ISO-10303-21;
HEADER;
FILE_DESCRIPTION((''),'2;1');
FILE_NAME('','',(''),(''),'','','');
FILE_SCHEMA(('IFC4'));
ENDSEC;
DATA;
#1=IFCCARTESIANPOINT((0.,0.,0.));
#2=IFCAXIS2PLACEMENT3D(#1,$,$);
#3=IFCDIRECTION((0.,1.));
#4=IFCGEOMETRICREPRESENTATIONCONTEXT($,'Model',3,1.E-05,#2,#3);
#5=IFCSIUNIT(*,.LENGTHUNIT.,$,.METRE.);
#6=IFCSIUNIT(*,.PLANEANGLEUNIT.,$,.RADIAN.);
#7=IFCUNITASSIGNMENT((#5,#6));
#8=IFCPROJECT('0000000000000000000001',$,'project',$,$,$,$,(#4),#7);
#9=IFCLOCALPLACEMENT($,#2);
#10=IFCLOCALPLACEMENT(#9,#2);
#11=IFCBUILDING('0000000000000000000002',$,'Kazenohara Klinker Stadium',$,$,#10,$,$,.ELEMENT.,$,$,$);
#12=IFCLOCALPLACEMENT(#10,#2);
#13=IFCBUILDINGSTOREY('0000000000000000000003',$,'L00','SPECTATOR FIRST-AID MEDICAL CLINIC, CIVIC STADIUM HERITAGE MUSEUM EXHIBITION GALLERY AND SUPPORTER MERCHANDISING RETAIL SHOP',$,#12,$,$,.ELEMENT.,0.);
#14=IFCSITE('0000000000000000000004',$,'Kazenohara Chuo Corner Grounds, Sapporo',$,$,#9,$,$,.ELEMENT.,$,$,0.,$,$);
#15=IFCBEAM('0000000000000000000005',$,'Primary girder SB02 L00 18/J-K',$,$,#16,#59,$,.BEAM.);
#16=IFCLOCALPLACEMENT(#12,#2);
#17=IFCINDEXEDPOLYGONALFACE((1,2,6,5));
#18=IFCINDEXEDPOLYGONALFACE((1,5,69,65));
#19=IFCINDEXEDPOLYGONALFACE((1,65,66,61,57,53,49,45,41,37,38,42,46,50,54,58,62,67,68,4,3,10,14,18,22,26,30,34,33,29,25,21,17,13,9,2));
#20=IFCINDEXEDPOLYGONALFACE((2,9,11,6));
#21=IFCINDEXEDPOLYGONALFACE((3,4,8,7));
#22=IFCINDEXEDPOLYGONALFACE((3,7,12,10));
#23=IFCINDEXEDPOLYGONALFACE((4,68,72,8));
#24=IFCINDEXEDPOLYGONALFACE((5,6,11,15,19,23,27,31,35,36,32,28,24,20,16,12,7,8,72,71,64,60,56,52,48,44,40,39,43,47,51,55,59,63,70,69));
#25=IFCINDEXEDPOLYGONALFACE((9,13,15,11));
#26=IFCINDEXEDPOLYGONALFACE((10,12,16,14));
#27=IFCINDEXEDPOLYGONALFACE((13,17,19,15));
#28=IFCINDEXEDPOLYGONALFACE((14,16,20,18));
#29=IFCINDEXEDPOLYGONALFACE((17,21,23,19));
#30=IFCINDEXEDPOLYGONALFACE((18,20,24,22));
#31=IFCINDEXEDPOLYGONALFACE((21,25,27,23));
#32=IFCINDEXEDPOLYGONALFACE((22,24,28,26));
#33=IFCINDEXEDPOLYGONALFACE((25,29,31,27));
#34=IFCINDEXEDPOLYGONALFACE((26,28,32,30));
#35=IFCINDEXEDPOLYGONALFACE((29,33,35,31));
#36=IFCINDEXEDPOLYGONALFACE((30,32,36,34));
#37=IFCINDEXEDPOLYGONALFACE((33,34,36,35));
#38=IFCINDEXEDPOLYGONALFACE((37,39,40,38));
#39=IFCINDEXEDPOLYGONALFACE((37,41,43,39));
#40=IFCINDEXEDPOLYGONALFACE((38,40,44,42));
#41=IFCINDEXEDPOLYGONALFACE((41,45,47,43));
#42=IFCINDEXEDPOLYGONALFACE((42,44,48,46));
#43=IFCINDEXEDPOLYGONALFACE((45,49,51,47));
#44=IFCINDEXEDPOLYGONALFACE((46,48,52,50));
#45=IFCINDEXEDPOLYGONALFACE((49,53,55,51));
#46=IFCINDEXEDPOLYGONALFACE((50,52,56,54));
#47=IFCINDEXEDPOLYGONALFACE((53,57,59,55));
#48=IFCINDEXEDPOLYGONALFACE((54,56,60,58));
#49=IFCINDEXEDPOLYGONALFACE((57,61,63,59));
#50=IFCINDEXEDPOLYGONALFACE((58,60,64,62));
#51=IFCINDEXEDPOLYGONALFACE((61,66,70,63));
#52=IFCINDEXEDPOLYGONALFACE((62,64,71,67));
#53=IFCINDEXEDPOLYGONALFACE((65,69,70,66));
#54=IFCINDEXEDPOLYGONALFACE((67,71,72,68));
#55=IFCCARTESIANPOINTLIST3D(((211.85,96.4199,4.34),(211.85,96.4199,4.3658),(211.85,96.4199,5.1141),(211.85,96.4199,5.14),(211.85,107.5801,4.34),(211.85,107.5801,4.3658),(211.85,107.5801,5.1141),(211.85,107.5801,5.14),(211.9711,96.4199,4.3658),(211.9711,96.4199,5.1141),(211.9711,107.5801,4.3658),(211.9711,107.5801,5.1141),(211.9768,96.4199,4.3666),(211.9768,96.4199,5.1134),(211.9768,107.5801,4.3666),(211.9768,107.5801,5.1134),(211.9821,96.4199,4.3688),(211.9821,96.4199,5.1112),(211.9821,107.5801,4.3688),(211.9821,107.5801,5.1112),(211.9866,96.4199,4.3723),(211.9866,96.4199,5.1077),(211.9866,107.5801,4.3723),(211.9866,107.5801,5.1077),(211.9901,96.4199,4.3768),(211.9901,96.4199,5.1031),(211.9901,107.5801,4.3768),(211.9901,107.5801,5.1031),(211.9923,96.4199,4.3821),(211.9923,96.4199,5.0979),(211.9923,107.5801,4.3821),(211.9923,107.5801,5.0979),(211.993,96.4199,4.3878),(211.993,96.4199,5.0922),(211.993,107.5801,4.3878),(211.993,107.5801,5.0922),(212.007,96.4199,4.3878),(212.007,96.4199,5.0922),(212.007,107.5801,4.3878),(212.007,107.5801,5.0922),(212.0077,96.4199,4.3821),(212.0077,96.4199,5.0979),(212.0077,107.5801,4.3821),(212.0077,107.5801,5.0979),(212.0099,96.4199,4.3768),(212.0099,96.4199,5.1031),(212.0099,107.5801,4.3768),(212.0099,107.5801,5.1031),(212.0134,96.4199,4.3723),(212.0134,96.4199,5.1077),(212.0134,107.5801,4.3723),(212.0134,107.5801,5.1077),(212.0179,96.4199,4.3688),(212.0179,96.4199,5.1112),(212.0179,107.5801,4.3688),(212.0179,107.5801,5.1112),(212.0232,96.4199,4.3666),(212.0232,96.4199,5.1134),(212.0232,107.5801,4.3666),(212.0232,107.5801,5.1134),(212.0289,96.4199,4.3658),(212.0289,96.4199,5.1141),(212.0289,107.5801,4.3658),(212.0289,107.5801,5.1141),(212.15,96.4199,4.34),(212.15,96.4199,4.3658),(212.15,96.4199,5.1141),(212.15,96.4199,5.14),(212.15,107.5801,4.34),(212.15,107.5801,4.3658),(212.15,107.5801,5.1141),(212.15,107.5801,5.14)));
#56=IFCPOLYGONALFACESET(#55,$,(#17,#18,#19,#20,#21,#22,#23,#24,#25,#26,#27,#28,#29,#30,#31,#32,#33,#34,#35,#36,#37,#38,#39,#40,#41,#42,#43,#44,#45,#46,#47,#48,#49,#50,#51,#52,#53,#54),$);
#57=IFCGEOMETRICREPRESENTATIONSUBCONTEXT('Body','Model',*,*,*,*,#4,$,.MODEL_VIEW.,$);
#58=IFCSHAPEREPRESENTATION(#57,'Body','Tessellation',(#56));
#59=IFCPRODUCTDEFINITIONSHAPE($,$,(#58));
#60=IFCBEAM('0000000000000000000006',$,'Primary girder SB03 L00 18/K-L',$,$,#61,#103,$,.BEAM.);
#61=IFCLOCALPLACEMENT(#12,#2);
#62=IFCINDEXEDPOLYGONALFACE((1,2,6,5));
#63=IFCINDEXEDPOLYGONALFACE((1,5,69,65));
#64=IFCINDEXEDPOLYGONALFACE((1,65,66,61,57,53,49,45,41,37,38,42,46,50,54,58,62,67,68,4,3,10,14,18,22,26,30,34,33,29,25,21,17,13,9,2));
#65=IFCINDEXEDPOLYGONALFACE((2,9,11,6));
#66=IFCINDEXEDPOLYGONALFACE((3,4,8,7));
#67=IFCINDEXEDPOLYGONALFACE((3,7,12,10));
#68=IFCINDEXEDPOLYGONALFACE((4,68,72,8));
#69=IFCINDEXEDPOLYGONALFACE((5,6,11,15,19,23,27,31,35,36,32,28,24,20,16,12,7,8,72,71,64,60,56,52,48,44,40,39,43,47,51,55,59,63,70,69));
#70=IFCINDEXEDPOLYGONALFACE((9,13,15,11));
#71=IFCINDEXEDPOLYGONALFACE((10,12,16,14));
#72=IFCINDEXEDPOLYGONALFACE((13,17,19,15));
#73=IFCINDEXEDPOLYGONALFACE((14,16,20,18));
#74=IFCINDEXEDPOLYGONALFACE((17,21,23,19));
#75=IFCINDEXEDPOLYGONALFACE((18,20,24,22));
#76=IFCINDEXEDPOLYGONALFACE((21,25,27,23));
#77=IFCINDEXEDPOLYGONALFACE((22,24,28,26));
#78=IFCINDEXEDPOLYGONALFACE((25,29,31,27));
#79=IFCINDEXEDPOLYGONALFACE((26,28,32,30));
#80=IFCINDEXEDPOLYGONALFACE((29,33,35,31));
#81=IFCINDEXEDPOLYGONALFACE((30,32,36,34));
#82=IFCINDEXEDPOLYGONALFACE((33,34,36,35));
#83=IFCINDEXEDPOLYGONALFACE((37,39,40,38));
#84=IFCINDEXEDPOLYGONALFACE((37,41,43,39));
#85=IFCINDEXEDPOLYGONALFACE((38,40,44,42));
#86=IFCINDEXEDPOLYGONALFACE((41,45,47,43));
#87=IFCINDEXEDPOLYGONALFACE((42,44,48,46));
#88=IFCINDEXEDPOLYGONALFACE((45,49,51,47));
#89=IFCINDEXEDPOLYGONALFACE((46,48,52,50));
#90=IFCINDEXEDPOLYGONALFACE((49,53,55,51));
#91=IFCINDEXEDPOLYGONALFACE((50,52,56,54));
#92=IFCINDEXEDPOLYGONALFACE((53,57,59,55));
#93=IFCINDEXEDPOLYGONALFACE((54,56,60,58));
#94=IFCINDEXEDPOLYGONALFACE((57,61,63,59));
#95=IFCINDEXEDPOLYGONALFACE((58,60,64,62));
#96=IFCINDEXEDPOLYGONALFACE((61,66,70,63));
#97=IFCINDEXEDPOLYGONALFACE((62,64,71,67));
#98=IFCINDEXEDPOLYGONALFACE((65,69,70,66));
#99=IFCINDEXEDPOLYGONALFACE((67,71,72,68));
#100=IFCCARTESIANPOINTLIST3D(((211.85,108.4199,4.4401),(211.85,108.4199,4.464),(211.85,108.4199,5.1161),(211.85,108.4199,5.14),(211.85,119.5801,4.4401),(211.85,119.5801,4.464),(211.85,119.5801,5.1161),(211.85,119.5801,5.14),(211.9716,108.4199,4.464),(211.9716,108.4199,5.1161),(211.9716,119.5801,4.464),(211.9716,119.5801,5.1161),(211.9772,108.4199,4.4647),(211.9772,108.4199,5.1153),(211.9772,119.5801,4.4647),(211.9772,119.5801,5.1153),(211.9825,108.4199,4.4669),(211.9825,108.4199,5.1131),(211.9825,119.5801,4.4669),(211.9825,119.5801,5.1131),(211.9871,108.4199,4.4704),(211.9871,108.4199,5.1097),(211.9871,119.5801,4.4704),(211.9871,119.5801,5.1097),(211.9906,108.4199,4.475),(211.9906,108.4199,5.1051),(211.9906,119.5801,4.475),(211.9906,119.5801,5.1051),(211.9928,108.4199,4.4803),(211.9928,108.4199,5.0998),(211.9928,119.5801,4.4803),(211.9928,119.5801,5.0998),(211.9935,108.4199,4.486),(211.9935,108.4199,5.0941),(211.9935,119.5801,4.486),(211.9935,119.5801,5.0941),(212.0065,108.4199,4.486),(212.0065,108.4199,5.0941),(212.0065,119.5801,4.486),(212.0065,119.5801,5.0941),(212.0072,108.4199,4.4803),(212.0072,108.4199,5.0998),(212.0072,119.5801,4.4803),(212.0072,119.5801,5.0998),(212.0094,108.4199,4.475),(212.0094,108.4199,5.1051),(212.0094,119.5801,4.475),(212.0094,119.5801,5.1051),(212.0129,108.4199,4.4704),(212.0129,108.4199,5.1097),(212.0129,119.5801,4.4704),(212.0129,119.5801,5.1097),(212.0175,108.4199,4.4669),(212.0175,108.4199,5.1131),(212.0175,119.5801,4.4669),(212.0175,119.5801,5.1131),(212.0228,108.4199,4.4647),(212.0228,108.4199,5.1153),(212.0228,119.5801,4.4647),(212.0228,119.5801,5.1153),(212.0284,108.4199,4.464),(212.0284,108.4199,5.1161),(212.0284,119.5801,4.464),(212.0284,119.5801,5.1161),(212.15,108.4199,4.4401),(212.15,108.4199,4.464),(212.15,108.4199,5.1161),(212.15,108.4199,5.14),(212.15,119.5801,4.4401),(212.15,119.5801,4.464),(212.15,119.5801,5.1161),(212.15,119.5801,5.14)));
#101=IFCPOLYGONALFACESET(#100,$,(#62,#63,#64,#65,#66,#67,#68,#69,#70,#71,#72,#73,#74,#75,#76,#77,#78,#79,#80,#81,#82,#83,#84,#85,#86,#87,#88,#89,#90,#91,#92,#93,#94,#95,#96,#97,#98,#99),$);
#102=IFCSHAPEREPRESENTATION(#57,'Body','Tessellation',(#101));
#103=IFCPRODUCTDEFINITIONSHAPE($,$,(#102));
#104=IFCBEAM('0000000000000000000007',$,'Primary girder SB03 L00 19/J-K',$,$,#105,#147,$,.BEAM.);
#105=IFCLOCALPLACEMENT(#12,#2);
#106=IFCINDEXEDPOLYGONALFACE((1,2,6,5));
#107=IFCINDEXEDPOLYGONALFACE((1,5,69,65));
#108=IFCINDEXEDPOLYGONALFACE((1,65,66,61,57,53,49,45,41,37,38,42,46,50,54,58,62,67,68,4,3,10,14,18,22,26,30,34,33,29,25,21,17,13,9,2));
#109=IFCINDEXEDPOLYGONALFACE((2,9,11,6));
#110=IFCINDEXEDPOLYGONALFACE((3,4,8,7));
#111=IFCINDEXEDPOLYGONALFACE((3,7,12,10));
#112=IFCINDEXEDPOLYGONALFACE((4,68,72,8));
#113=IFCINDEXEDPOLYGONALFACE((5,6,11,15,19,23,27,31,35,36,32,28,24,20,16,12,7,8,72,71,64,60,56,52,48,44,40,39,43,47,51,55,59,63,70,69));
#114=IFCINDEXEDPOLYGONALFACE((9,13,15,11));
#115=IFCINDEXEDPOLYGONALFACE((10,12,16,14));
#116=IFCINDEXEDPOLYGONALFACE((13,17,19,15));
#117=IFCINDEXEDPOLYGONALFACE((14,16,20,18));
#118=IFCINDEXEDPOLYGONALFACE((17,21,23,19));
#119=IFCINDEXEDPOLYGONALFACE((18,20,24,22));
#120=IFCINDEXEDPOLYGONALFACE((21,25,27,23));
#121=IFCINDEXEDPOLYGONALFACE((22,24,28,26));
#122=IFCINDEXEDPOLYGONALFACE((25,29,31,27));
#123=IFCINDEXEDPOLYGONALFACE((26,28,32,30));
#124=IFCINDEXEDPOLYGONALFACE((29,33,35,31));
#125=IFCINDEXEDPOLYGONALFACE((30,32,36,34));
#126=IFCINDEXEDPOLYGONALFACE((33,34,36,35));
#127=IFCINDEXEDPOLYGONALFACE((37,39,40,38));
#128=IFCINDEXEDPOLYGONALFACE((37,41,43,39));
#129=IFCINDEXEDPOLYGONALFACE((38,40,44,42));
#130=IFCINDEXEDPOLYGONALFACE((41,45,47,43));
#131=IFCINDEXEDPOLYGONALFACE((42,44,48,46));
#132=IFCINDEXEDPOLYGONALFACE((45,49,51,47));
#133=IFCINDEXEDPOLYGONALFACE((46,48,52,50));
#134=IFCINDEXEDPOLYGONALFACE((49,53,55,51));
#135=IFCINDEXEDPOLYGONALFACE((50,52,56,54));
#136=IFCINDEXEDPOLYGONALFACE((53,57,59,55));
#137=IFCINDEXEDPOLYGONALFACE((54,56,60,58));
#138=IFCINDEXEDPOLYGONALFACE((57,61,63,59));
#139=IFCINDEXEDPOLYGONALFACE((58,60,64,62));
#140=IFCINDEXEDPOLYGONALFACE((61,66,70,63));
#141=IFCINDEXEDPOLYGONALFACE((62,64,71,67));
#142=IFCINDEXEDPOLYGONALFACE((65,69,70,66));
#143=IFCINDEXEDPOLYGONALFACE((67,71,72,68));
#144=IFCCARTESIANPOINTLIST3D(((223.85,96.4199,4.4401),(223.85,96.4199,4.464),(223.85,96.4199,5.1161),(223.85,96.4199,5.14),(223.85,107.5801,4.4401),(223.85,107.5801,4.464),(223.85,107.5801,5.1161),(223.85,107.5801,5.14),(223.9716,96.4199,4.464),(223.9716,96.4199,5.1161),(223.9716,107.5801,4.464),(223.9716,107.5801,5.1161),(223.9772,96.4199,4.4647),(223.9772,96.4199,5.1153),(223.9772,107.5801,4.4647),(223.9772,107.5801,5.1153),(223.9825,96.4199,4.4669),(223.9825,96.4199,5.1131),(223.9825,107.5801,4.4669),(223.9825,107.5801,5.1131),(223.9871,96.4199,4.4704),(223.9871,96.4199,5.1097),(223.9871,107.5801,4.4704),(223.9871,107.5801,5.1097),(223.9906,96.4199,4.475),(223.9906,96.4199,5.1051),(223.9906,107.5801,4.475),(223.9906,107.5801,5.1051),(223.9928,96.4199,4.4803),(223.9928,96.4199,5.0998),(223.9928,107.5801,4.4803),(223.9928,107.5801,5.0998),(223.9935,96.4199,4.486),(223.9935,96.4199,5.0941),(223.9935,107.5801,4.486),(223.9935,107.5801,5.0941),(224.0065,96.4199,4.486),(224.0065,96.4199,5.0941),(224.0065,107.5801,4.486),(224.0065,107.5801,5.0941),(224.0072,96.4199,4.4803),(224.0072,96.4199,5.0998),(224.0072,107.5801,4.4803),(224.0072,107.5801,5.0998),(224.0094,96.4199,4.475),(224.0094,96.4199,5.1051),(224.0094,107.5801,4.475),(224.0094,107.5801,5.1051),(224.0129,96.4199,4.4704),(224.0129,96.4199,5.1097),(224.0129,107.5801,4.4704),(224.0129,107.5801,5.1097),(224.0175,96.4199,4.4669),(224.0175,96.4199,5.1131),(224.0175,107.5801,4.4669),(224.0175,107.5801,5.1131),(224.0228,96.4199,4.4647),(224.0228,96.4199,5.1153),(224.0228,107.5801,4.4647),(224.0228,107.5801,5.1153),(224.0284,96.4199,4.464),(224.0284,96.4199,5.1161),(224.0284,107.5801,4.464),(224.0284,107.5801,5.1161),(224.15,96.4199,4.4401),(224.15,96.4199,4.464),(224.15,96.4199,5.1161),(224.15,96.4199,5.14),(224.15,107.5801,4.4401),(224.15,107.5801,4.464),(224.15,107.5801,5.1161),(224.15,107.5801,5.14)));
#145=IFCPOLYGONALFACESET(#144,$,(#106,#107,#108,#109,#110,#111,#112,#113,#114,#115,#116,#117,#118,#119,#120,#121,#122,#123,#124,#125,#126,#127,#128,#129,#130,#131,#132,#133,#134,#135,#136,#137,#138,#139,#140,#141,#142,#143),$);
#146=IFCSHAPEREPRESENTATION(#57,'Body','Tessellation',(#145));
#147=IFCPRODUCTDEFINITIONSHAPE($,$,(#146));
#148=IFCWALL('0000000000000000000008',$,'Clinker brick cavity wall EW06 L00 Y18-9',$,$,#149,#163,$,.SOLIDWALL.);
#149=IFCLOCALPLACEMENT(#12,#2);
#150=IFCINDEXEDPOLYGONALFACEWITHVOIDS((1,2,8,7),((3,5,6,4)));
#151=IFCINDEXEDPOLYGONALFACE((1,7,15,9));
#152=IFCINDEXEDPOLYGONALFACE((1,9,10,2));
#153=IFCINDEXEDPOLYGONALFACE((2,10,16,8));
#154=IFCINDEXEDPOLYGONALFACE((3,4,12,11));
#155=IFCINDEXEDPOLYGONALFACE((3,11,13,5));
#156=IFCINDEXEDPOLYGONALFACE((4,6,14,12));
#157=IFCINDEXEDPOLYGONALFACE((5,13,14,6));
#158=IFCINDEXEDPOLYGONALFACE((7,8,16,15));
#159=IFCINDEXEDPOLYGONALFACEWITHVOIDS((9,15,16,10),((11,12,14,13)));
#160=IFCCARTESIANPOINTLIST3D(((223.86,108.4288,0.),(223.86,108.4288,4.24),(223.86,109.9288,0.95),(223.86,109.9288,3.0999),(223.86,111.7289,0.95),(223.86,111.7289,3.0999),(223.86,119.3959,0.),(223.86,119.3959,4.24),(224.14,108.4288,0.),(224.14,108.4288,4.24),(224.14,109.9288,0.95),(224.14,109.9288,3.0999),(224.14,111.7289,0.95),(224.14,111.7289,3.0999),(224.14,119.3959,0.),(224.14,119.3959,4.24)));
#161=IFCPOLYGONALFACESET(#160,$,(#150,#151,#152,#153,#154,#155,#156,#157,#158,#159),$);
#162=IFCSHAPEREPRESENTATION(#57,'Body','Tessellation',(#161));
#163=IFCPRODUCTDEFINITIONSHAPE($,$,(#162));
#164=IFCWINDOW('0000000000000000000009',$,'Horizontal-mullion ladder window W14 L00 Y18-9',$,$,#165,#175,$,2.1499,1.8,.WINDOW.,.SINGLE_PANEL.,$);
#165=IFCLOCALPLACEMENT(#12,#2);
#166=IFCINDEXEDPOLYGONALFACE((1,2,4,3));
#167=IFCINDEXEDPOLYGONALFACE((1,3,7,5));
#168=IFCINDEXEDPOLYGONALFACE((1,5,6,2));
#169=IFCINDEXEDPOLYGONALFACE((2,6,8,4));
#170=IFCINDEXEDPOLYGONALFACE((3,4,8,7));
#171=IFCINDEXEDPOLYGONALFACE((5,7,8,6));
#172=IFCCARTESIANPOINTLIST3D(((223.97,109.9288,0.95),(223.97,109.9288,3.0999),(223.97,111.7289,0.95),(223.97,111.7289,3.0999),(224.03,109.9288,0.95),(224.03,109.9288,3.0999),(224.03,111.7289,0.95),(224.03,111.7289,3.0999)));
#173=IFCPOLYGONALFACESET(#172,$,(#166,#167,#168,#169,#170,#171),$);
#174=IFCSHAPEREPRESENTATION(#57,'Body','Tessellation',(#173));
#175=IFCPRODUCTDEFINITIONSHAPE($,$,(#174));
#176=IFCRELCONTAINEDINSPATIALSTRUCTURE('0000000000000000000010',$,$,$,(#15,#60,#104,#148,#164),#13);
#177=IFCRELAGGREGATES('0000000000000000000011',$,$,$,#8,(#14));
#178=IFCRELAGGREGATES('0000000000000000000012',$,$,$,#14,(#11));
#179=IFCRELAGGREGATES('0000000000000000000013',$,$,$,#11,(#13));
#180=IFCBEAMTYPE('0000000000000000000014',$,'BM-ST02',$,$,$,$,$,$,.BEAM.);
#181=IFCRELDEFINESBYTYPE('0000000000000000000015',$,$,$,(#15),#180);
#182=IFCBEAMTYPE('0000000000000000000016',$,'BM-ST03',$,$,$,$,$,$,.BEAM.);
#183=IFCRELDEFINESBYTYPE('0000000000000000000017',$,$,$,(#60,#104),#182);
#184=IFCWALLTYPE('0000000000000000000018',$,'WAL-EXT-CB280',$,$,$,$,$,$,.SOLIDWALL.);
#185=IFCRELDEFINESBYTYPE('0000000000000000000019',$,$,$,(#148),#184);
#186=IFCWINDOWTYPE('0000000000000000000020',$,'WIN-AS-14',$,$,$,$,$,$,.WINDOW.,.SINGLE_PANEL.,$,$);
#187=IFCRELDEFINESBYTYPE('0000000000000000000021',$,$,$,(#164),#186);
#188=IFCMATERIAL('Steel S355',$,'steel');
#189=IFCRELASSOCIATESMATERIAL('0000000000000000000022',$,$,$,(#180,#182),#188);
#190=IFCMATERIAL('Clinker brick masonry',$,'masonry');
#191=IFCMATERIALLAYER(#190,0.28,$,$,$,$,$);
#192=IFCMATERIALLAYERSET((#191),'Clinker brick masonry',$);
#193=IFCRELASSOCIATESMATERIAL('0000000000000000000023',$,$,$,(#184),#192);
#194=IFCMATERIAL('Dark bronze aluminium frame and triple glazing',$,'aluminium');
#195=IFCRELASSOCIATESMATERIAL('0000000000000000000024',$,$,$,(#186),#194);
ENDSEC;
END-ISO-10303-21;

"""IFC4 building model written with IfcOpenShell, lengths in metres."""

from ifc_helpers import new_model, si_unit, direction, frame, frame_2d, origin, origin_2d, place, context, subcontext, project, spatial, rectangle, i_section, extrude, material, layer, layer_set, material_profile, profile_set, type_object, element, fill, save


model = new_model("IFC4")

# Units and contexts
model_context = context("Model", 3, precision=1e-05, world=origin(), true_north=direction((0.0, 1.0)))
body_context = subcontext(model_context, "Body", "Model", "MODEL_VIEW")
ifc_project = project(units=[si_unit("LENGTHUNIT", "METRE"), si_unit("PLANEANGLEUNIT", "RADIAN")], contexts=[model_context])

# Site, building, storey
site_placement = place(None, origin())
site = spatial("IfcSite", under=ifc_project, at=site_placement, Name="Kazenohara Chuo Corner Grounds, Sapporo", CompositionType="ELEMENT", RefElevation=0.0)
building_placement = place(site_placement, origin())
building = spatial("IfcBuilding", under=site, at=building_placement, Name="Kazenohara Klinker Stadium", CompositionType="ELEMENT")
storey_placement = place(building_placement, origin())
storey = spatial("IfcBuildingStorey", under=building, at=storey_placement, Name="L00", Description="SPECTATOR FIRST-AID MEDICAL CLINIC, CIVIC STADIUM HERITAGE MUSEUM EXHIBITION GALLERY AND SUPPORTER MERCHANDISING RETAIL SHOP", CompositionType="ELEMENT", Elevation=0.0)

# Beams
ifc_material_1 = material(Name="Steel S355", Category="steel")
ifc_material_profile_1 = material_profile(ifc_material_1, i_section(OverallWidth=0.3, OverallDepth=0.8, WebThickness=0.0139, FlangeThickness=0.0259, FilletRadius=0.022, at=origin_2d()), Name="H-800x300x14x26")
ifc_profile_set_1 = profile_set([ifc_material_profile_1], Name="Steel S355")
beam_type_1 = type_object("IfcBeamType", Name="BM-ST02", PredefinedType="BEAM", material=ifc_profile_set_1)
for number, where, z_axis, x_axis, name in (
    (1, (212.0, 96.4199, 4.74), (0.0, 1.0, 0.0), (-1.0, 0.0, 0.0), "Primary girder SB02 L00 18/J-K"),
):
    element("IfcBeam", number, at=place(storey_placement, frame(where, z_axis=z_axis, x_axis=x_axis)), inside=storey, type_object=beam_type_1, Name=name, PredefinedType="BEAM", context=body_context, shape_type="SweptSolid", body=[
        extrude(i_section(OverallWidth=0.3, OverallDepth=0.8, WebThickness=0.0139, FlangeThickness=0.0259, FilletRadius=0.022, at=origin_2d()), origin(), (0.0, 0.0, 1.0), 11.1602),
    ])
ifc_material_profile_2 = material_profile(ifc_material_1, i_section(OverallWidth=0.3, OverallDepth=0.7, WebThickness=0.0129, FlangeThickness=0.0239, FilletRadius=0.022, at=origin_2d()), Name="H-700x300x13x24")
ifc_profile_set_2 = profile_set([ifc_material_profile_2], Name="Steel S355")
beam_type_2 = type_object("IfcBeamType", Name="BM-ST03", PredefinedType="BEAM", material=ifc_profile_set_2)
for number, where, z_axis, x_axis, name in (
    (2, (212.0, 108.4199, 4.79), (0.0, 1.0, 0.0), (-1.0, 0.0, 0.0), "Primary girder SB03 L00 18/K-L"),
    (3, (224.0, 96.4199, 4.79), (0.0, 1.0, 0.0), (-1.0, 0.0, 0.0), "Primary girder SB03 L00 19/J-K"),
):
    element("IfcBeam", number, at=place(storey_placement, frame(where, z_axis=z_axis, x_axis=x_axis)), inside=storey, type_object=beam_type_2, Name=name, PredefinedType="BEAM", context=body_context, shape_type="SweptSolid", body=[
        extrude(i_section(OverallWidth=0.3, OverallDepth=0.7, WebThickness=0.0129, FlangeThickness=0.0239, FilletRadius=0.022, at=origin_2d()), origin(), (0.0, 0.0, 1.0), 11.1602),
    ])

# Wall, opening, window
ifc_material_2 = material(Name="Clinker brick masonry", Category="masonry")
ifc_layer_1 = layer(ifc_material_2, 0.28)
ifc_layer_set_1 = layer_set([ifc_layer_1], Name="Clinker brick masonry")
wall_type_1 = type_object("IfcWallType", Name="WAL-EXT-CB280", PredefinedType="SOLIDWALL", material=ifc_layer_set_1)
wall_1_placement = place(storey_placement, frame((224.0, 108.429, 0.0), z_axis=(0.0, 0.0, 1.0), x_axis=(0.0, 1.0, 0.0)))
wall_1 = element("IfcWall", 4, at=wall_1_placement, inside=storey, type_object=wall_type_1, Name="Clinker brick cavity wall EW06 L00 Y18-9", PredefinedType="SOLIDWALL", context=body_context, shape_type="SweptSolid", body=[
    extrude(rectangle(XDim=10.967, YDim=0.28, at=frame_2d((5.4834, 0.0))), origin(), (0.0, 0.0, 1.0), 4.24),
])
opening_1_placement = place(wall_1_placement, frame((1.5, 0.0, 0.95)))
opening_1 = element("IfcOpeningElement", 5, at=opening_1_placement, cuts=wall_1, PredefinedType="OPENING", context=body_context, shape_type="SweptSolid", body=[
    extrude(rectangle(XDim=1.8, YDim=2.1499, at=frame_2d((0.8999, 1.075))), frame((0.0, 0.1499, 0.0), z_axis=(0.0, -1.0, 0.0), x_axis=(1.0, 0.0, 0.0)), (0.0, 0.0, 1.0), 0.3),
])
ifc_material_3 = material(Name="Dark bronze aluminium frame and triple glazing", Category="aluminium")
window_type_1 = type_object("IfcWindowType", Name="WIN-AS-14", PartitioningType="SINGLE_PANEL", PredefinedType="WINDOW", material=ifc_material_3)
window_1_placement = place(opening_1_placement, origin())
window_1 = element("IfcWindow", 6, at=window_1_placement, inside=storey, type_object=window_type_1, Name="Horizontal-mullion ladder window W14 L00 Y18-9", OverallHeight=2.1499, OverallWidth=1.8, PartitioningType="SINGLE_PANEL", PredefinedType="WINDOW", context=body_context, shape_type="SweptSolid", body=[
    extrude(rectangle(XDim=1.8, YDim=2.1499, at=frame_2d((0.8999, 1.075))), frame((0.0, 0.03, 0.0), z_axis=(0.0, -1.0, 0.0), x_axis=(1.0, 0.0, 0.0)), (0.0, 0.0, 1.0), 0.0601),
])
fill(opening_1, window_1)

save(model, "model.ifc")
